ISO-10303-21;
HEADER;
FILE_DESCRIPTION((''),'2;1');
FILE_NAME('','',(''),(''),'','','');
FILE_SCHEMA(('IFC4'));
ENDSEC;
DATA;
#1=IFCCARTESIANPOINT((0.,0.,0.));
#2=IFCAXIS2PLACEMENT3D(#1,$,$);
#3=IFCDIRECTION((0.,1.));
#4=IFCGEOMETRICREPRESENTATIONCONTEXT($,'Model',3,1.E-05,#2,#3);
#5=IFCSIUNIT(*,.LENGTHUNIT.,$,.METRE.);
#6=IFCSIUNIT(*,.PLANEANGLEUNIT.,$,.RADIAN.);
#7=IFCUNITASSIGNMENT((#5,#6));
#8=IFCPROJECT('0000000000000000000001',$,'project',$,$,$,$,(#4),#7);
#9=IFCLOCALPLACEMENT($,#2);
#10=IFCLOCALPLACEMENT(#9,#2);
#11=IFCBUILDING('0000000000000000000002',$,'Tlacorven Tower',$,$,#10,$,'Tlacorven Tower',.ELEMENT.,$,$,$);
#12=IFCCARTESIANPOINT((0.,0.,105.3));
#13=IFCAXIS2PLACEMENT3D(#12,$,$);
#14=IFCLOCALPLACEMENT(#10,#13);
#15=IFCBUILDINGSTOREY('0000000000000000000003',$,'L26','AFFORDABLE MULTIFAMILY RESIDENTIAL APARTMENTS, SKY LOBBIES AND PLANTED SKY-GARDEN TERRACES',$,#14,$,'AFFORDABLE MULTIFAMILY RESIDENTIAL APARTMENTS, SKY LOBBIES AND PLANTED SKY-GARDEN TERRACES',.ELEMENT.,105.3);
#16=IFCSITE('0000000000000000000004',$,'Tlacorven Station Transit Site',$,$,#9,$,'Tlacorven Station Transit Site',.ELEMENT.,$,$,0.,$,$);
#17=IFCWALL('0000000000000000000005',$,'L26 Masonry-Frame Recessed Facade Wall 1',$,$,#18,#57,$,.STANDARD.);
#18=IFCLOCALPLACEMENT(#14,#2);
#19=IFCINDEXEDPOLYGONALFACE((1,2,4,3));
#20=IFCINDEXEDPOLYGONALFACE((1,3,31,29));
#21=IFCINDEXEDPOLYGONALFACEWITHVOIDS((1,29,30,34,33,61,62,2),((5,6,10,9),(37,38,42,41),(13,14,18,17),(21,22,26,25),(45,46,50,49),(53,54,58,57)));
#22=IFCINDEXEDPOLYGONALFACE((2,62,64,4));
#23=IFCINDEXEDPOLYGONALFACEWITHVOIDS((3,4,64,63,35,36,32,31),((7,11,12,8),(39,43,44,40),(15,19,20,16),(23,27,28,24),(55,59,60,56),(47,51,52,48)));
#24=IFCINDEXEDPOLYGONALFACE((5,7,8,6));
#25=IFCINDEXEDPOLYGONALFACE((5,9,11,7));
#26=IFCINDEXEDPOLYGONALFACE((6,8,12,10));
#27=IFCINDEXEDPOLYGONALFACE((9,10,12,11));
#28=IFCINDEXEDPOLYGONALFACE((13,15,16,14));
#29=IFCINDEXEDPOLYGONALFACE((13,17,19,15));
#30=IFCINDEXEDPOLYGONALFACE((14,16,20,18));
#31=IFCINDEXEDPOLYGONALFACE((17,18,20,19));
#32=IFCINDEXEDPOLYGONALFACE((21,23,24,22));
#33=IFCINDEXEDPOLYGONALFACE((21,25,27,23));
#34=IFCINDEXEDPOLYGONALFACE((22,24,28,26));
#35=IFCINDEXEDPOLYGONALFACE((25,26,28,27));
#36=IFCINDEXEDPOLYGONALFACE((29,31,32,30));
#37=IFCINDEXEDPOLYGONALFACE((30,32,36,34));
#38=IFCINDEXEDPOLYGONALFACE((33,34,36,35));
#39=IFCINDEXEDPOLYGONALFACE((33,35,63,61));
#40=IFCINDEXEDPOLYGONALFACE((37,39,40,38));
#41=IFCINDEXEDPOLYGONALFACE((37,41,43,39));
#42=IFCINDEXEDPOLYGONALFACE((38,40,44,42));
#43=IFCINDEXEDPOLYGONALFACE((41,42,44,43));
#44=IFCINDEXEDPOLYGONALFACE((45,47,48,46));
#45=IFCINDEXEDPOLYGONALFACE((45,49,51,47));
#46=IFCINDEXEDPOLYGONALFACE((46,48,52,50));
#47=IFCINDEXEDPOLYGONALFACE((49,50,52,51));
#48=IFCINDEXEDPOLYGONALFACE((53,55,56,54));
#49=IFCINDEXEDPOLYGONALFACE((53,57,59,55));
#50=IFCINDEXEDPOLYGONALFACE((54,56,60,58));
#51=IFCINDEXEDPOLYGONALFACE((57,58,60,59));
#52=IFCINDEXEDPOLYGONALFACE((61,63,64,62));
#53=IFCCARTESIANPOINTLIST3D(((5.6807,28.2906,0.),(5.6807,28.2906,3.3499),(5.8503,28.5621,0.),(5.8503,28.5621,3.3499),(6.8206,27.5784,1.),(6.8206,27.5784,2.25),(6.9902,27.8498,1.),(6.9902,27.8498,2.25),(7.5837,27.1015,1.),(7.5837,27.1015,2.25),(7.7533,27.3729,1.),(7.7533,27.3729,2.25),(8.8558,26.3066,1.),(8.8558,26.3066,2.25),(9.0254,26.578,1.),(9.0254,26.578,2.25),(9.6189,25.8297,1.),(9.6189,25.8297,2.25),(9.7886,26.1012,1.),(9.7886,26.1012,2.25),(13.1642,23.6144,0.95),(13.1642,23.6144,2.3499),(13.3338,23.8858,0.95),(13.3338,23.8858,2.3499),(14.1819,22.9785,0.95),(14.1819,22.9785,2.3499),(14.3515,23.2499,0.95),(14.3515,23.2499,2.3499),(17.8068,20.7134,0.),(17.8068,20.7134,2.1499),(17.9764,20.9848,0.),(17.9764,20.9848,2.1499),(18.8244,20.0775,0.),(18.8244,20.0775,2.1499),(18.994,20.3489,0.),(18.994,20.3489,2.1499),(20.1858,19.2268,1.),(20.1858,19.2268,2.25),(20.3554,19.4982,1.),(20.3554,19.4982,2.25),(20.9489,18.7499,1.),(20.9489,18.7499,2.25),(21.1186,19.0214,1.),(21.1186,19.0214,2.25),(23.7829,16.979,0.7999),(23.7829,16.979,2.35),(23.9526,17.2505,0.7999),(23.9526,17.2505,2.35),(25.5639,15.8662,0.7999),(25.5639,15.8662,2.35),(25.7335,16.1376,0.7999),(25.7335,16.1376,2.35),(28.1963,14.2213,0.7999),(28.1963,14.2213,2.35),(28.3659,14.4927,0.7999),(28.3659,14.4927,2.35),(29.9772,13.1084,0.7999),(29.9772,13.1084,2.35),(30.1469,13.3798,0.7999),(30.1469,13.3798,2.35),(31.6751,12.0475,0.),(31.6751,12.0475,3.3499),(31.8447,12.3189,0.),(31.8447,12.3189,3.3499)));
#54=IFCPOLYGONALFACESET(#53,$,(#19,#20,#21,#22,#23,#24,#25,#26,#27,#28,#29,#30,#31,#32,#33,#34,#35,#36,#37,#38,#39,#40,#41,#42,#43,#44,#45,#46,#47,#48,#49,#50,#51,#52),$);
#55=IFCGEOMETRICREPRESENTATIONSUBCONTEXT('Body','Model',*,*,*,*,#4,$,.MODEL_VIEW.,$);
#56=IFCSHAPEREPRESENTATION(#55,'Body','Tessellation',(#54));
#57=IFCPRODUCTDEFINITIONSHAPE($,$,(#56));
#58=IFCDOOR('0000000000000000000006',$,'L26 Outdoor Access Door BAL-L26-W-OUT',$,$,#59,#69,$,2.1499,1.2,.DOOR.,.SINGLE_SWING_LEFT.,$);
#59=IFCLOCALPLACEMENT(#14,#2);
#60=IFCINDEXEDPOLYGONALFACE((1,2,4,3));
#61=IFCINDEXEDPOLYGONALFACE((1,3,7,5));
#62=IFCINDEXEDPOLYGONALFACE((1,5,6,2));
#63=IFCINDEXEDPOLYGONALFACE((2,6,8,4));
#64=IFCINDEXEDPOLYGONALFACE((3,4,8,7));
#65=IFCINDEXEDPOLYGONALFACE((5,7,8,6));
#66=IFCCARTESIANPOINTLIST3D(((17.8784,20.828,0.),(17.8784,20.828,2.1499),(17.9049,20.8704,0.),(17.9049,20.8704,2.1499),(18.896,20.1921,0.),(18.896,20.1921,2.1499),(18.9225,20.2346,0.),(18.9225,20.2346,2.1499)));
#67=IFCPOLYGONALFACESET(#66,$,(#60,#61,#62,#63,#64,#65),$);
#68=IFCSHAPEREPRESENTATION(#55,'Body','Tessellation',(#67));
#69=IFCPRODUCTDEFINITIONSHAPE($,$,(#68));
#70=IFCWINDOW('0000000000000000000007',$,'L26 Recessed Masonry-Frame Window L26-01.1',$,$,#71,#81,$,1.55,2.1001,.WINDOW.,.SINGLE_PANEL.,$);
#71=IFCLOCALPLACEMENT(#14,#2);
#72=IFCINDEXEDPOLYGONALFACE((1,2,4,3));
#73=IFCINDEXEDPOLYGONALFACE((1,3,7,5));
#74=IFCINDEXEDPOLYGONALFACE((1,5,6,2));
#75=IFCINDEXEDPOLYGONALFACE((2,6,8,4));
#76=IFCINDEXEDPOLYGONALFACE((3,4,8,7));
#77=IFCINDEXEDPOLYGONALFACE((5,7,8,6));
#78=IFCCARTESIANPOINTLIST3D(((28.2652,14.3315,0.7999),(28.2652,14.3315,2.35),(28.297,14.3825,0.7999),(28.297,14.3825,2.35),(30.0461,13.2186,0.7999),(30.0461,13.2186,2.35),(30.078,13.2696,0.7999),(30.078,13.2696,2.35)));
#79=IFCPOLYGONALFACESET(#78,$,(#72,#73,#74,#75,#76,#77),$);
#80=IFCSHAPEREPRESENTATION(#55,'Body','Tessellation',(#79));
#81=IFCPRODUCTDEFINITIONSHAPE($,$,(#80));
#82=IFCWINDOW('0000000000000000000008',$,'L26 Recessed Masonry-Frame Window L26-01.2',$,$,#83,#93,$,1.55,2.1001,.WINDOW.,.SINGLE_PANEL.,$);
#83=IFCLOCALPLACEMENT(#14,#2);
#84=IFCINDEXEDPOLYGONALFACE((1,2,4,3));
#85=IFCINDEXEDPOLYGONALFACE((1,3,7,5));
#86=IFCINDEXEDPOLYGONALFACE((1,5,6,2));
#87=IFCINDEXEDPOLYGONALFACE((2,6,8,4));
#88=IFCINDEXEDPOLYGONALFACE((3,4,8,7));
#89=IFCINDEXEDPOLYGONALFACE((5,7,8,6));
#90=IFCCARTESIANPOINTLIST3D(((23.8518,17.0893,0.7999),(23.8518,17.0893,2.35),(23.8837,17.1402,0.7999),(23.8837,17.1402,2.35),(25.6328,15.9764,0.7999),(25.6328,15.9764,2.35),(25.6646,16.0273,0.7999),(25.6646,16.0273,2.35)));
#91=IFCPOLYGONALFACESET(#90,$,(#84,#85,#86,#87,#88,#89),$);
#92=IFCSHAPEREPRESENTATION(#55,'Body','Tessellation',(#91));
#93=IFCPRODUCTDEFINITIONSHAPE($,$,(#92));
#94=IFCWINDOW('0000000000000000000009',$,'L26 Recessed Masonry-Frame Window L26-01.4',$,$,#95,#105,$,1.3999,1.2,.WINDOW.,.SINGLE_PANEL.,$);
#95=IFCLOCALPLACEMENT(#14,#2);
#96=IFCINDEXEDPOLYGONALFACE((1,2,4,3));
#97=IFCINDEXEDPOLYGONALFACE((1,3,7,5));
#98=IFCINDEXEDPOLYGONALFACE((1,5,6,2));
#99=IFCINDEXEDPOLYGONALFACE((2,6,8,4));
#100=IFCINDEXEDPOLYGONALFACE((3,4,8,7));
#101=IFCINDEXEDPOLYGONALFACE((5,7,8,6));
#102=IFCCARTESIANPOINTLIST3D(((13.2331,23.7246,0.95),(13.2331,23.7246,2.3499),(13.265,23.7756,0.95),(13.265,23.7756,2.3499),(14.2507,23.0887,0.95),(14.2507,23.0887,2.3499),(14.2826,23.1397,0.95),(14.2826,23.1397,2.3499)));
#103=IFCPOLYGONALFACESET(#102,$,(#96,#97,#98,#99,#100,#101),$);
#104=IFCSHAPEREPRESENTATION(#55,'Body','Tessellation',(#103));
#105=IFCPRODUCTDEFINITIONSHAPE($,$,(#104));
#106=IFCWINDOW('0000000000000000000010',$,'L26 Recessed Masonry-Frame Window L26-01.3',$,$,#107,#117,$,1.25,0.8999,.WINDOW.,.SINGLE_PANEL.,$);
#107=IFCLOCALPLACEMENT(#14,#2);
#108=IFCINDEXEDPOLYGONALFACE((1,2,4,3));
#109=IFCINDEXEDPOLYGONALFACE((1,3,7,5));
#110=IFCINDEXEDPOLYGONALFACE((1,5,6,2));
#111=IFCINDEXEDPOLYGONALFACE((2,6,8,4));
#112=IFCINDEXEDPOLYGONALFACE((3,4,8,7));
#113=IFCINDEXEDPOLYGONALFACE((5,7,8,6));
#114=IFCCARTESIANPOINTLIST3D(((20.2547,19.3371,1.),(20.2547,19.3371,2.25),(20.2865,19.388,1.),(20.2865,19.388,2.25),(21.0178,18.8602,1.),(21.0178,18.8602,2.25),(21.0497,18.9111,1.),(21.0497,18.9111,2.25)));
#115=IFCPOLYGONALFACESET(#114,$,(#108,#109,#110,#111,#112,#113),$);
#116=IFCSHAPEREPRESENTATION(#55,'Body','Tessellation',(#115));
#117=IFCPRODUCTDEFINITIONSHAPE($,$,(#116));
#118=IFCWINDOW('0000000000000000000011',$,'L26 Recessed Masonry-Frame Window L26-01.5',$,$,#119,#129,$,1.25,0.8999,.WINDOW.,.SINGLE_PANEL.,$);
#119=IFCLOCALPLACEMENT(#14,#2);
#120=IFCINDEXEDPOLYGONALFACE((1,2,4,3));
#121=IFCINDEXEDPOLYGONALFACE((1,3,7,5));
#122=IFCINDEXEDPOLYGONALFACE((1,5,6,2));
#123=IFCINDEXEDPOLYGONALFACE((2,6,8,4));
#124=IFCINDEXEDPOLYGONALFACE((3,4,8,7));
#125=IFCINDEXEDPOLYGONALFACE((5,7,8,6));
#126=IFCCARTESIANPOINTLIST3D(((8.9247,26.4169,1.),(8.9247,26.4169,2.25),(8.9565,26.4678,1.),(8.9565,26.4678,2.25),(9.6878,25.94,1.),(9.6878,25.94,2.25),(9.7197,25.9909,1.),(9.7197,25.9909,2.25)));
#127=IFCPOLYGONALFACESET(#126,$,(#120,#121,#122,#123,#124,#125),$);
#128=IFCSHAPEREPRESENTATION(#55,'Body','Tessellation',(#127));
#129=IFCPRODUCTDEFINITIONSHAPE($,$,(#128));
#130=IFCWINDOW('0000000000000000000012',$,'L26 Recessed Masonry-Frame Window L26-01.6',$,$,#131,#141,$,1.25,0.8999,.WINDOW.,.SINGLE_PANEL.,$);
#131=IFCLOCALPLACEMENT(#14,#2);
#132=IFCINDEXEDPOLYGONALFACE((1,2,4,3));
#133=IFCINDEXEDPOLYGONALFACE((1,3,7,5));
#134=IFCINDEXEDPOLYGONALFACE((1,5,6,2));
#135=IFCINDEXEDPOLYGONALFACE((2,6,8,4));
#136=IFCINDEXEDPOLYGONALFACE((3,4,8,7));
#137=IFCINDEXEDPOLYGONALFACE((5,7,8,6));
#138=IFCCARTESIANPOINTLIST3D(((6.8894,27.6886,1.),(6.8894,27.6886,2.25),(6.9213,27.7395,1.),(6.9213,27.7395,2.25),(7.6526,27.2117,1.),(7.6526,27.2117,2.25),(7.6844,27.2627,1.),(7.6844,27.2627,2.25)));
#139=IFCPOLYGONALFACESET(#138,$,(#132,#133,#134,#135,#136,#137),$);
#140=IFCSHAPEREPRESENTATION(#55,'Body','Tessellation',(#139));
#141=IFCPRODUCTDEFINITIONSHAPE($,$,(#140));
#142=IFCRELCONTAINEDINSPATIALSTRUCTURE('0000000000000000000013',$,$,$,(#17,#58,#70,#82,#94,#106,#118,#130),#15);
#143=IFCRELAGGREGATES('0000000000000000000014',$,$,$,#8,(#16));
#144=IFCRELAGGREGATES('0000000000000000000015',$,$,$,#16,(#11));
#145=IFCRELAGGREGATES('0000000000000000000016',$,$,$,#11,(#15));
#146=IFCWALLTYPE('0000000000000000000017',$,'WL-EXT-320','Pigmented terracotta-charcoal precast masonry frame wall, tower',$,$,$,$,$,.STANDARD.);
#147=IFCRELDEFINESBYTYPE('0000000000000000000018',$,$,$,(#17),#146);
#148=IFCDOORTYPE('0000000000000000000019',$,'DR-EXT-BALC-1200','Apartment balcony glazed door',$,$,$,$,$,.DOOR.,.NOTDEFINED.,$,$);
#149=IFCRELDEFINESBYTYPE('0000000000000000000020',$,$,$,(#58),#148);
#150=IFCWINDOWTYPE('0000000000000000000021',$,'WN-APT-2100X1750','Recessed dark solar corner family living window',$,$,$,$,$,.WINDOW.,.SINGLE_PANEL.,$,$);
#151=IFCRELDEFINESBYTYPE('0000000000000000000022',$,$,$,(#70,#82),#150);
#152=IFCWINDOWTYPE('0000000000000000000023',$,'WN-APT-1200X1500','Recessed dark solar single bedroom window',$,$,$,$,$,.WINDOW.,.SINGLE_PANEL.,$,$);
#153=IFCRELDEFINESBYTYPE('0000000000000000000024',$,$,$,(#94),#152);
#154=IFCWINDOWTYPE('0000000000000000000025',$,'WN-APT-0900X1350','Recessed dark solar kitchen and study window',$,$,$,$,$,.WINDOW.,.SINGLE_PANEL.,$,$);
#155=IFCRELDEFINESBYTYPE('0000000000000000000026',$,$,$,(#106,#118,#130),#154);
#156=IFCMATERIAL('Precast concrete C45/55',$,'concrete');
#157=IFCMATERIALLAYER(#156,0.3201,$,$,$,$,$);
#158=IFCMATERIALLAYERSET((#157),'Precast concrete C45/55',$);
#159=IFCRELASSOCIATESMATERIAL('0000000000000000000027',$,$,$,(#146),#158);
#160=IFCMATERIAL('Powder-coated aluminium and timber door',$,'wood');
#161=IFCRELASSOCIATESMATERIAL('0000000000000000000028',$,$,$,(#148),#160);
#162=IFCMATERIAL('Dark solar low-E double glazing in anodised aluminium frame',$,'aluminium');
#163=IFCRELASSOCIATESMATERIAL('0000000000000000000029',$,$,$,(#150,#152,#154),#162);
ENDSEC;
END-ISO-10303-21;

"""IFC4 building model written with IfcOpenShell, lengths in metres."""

from ifc_helpers import new_model, si_unit, direction, frame, frame_2d, origin, place, context, subcontext, project, spatial, rectangle, extrude, source, transform, mapped, material, layer, layer_set, type_object, element, fill, save


model = new_model("IFC4")

# Units and contexts
model_context = context("Model", 3, precision=1e-05, world=origin(), true_north=direction((0.0, 1.0)))
body_context = subcontext(model_context, "Body", "Model", "MODEL_VIEW")
ifc_project = project(units=[si_unit("LENGTHUNIT", "METRE"), si_unit("PLANEANGLEUNIT", "RADIAN")], contexts=[model_context])

# Site, building, storey
site_placement = place(None, origin())
site = spatial("IfcSite", under=ifc_project, at=site_placement, Name="Tlacorven Station Transit Site", LongName="Tlacorven Station Transit Site", CompositionType="ELEMENT", RefElevation=0.0)
building_placement = place(site_placement, origin())
building = spatial("IfcBuilding", under=site, at=building_placement, Name="Tlacorven Tower", LongName="Tlacorven Tower", CompositionType="ELEMENT")
storey_placement = place(building_placement, frame((0.0, 0.0, 105.3)))
storey = spatial("IfcBuildingStorey", under=building, at=storey_placement, Name="L26", Description="AFFORDABLE MULTIFAMILY RESIDENTIAL APARTMENTS, SKY LOBBIES AND PLANTED SKY-GARDEN TERRACES", LongName="AFFORDABLE MULTIFAMILY RESIDENTIAL APARTMENTS, SKY LOBBIES AND PLANTED SKY-GARDEN TERRACES", CompositionType="ELEMENT", Elevation=105.3)

# Wall, openings, door, windows
ifc_material_1 = material(Name="Precast concrete C45/55", Category="concrete")
ifc_layer_1 = layer(ifc_material_1, 0.3201)
ifc_layer_set_1 = layer_set([ifc_layer_1], Name="Precast concrete C45/55")
wall_type_1 = type_object("IfcWallType", Name="WL-EXT-320", Description="Pigmented terracotta-charcoal precast masonry frame wall, tower", PredefinedType="STANDARD", material=ifc_layer_set_1)
wall_1_placement = place(storey_placement, frame((31.76, 12.1831, 0.0), z_axis=(0.0, 0.0, 1.0), x_axis=(-0.848047, 0.529921, 0.0)))
wall_1 = element("IfcWall", 1, at=wall_1_placement, inside=storey, type_object=wall_type_1, Name="L26 Masonry-Frame Recessed Facade Wall 1", PredefinedType="STANDARD", context=body_context, shape_type="SweptSolid", body=[
    extrude(rectangle(XDim=30.6521, YDim=0.3201, at=frame_2d((15.3262, 0.0))), origin(), (0.0, 0.0, 1.0), 3.3499),
])
opening_1_placement = place(wall_1_placement, frame((15.1533, 0.0, 0.0)))
opening_1 = element("IfcOpeningElement", 2, at=opening_1_placement, cuts=wall_1, PredefinedType="OPENING", context=body_context, shape_type="SweptSolid", body=[
    extrude(rectangle(XDim=1.2, YDim=2.1499, at=frame_2d((0.6001, 1.075))), frame((0.0, 0.1699, 0.0), z_axis=(0.0, -1.0, 0.0), x_axis=(1.0, 0.0, 0.0)), (0.0, 0.0, 1.0), 0.3401),
])
opening_2_placement = place(wall_1_placement, frame((2.0022, 0.0, 0.8)))
opening_2 = element("IfcOpeningElement", 3, at=opening_2_placement, cuts=wall_1, PredefinedType="OPENING", context=body_context, shape_type="SweptSolid", body=[
    extrude(rectangle(XDim=2.1001, YDim=1.55, at=frame_2d((1.05, 0.7749))), frame((0.0, 0.1699, 0.0), z_axis=(0.0, -1.0, 0.0), x_axis=(1.0, 0.0, 0.0)), (0.0, 0.0, 1.0), 0.3401),
])
opening_3_placement = place(wall_1_placement, frame((7.2063, 0.0, 0.8)))
opening_3 = element("IfcOpeningElement", 4, at=opening_3_placement, cuts=wall_1, PredefinedType="OPENING", context=body_context, shape_type="SweptSolid", body=[
    extrude(rectangle(XDim=2.1001, YDim=1.55, at=frame_2d((1.05, 0.7749))), frame((0.0, 0.1699, 0.0), z_axis=(0.0, -1.0, 0.0), x_axis=(1.0, 0.0, 0.0)), (0.0, 0.0, 1.0), 0.3401),
])
opening_4_placement = place(wall_1_placement, frame((12.6482, 0.0, 1.0)))
opening_4 = element("IfcOpeningElement", 5, at=opening_4_placement, cuts=wall_1, PredefinedType="OPENING", context=body_context, shape_type="SweptSolid", body=[
    extrude(rectangle(XDim=0.8999, YDim=1.25, at=frame_2d((0.45, 0.625))), frame((0.0, 0.1699, 0.0), z_axis=(0.0, -1.0, 0.0), x_axis=(1.0, 0.0, 0.0)), (0.0, 0.0, 1.0), 0.3401),
])
opening_5_placement = place(wall_1_placement, frame((20.6277, 0.0, 0.95)))
opening_5 = element("IfcOpeningElement", 6, at=opening_5_placement, cuts=wall_1, PredefinedType="OPENING", context=body_context, shape_type="SweptSolid", body=[
    extrude(rectangle(XDim=1.2, YDim=1.3999, at=frame_2d((0.6001, 0.7))), frame((0.0, 0.1699, 0.0), z_axis=(0.0, -1.0, 0.0), x_axis=(1.0, 0.0, 0.0)), (0.0, 0.0, 1.0), 0.3401),
])
opening_6_placement = place(wall_1_placement, frame((26.0083, 0.0, 1.0)))
opening_6 = element("IfcOpeningElement", 7, at=opening_6_placement, cuts=wall_1, PredefinedType="OPENING", context=body_context, shape_type="SweptSolid", body=[
    extrude(rectangle(XDim=0.8999, YDim=1.25, at=frame_2d((0.45, 0.625))), frame((0.0, 0.1699, 0.0), z_axis=(0.0, -1.0, 0.0), x_axis=(1.0, 0.0, 0.0)), (0.0, 0.0, 1.0), 0.3401),
])
opening_7_placement = place(wall_1_placement, frame((28.4082, 0.0, 1.0)))
opening_7 = element("IfcOpeningElement", 8, at=opening_7_placement, cuts=wall_1, PredefinedType="OPENING", context=body_context, shape_type="SweptSolid", body=[
    extrude(rectangle(XDim=0.8999, YDim=1.25, at=frame_2d((0.45, 0.625))), frame((0.0, 0.1699, 0.0), z_axis=(0.0, -1.0, 0.0), x_axis=(1.0, 0.0, 0.0)), (0.0, 0.0, 1.0), 0.3401),
])
ifc_material_2 = material(Name="Powder-coated aluminium and timber door", Category="wood")
door_type_1 = type_object("IfcDoorType", Name="DR-EXT-BALC-1200", Description="Apartment balcony glazed door", OperationType="NOTDEFINED", PredefinedType="DOOR", material=ifc_material_2)
shared_shape_1 = source(origin(), body_context, "Body", "SweptSolid", [
    extrude(rectangle(XDim=1.2, YDim=2.1499, at=frame_2d((0.6001, 1.075))), frame((0.0, 0.0249, 0.0), z_axis=(0.0, -1.0, 0.0), x_axis=(1.0, 0.0, 0.0)), (0.0, 0.0, 1.0), 0.05),
])
door_1_placement = place(opening_1_placement, origin())
door_1 = element("IfcDoor", 9, at=door_1_placement, inside=storey, type_object=door_type_1, Name="L26 Outdoor Access Door BAL-L26-W-OUT", OperationType="SINGLE_SWING_LEFT", OverallHeight=2.1499, OverallWidth=1.2, PredefinedType="DOOR", context=body_context, shape_type="MappedRepresentation", body=[
    mapped(shared_shape_1, transform((0.0, 0.0, 0.0), scale=1.0)),
])
fill(opening_1, door_1)
ifc_material_3 = material(Name="Dark solar low-E double glazing in anodised aluminium frame", Category="aluminium")
window_type_1 = type_object("IfcWindowType", Name="WN-APT-2100X1750", Description="Recessed dark solar corner family living window", PartitioningType="SINGLE_PANEL", PredefinedType="WINDOW", material=ifc_material_3)
shared_shape_2 = source(origin(), body_context, "Body", "SweptSolid", [
    extrude(rectangle(XDim=2.1001, YDim=1.55, at=frame_2d((1.05, 0.7749))), frame((0.0, 0.03, 0.0), z_axis=(0.0, -1.0, 0.0), x_axis=(1.0, 0.0, 0.0)), (0.0, 0.0, 1.0), 0.0601),
])
window_1_placement = place(opening_2_placement, origin())
window_1 = element("IfcWindow", 10, at=window_1_placement, inside=storey, type_object=window_type_1, Name="L26 Recessed Masonry-Frame Window L26-01.1", OverallHeight=1.55, OverallWidth=2.1001, PartitioningType="SINGLE_PANEL", PredefinedType="WINDOW", context=body_context, shape_type="MappedRepresentation", body=[
    mapped(shared_shape_2, transform((0.0, 0.0, 0.0), scale=1.0)),
])
fill(opening_2, window_1)
window_2_placement = place(opening_3_placement, origin())
window_2 = element("IfcWindow", 11, at=window_2_placement, inside=storey, type_object=window_type_1, Name="L26 Recessed Masonry-Frame Window L26-01.2", OverallHeight=1.55, OverallWidth=2.1001, PartitioningType="SINGLE_PANEL", PredefinedType="WINDOW", context=body_context, shape_type="MappedRepresentation", body=[
    mapped(shared_shape_2, transform((0.0, 0.0, 0.0), scale=1.0)),
])
fill(opening_3, window_2)
window_type_2 = type_object("IfcWindowType", Name="WN-APT-1200X1500", Description="Recessed dark solar single bedroom window", PartitioningType="SINGLE_PANEL", PredefinedType="WINDOW", material=ifc_material_3)
shared_shape_3 = source(origin(), body_context, "Body", "SweptSolid", [
    extrude(rectangle(XDim=1.2, YDim=1.3999, at=frame_2d((0.6001, 0.7))), frame((0.0, 0.03, 0.0), z_axis=(0.0, -1.0, 0.0), x_axis=(1.0, 0.0, 0.0)), (0.0, 0.0, 1.0), 0.0601),
])
window_3_placement = place(opening_5_placement, origin())
window_3 = element("IfcWindow", 12, at=window_3_placement, inside=storey, type_object=window_type_2, Name="L26 Recessed Masonry-Frame Window L26-01.4", OverallHeight=1.3999, OverallWidth=1.2, PartitioningType="SINGLE_PANEL", PredefinedType="WINDOW", context=body_context, shape_type="MappedRepresentation", body=[
    mapped(shared_shape_3, transform((0.0, 0.0, 0.0), scale=1.0)),
])
fill(opening_5, window_3)
window_type_3 = type_object("IfcWindowType", Name="WN-APT-0900X1350", Description="Recessed dark solar kitchen and study window", PartitioningType="SINGLE_PANEL", PredefinedType="WINDOW", material=ifc_material_3)
shared_shape_4 = source(origin(), body_context, "Body", "SweptSolid", [
    extrude(rectangle(XDim=0.8999, YDim=1.25, at=frame_2d((0.45, 0.625))), frame((0.0, 0.03, 0.0), z_axis=(0.0, -1.0, 0.0), x_axis=(1.0, 0.0, 0.0)), (0.0, 0.0, 1.0), 0.0601),
])
window_4_placement = place(opening_4_placement, origin())
window_4 = element("IfcWindow", 13, at=window_4_placement, inside=storey, type_object=window_type_3, Name="L26 Recessed Masonry-Frame Window L26-01.3", OverallHeight=1.25, OverallWidth=0.8999, PartitioningType="SINGLE_PANEL", PredefinedType="WINDOW", context=body_context, shape_type="MappedRepresentation", body=[
    mapped(shared_shape_4, transform((0.0, 0.0, 0.0), scale=1.0)),
])
fill(opening_4, window_4)
window_5_placement = place(opening_6_placement, origin())
window_5 = element("IfcWindow", 14, at=window_5_placement, inside=storey, type_object=window_type_3, Name="L26 Recessed Masonry-Frame Window L26-01.5", OverallHeight=1.25, OverallWidth=0.8999, PartitioningType="SINGLE_PANEL", PredefinedType="WINDOW", context=body_context, shape_type="MappedRepresentation", body=[
    mapped(shared_shape_4, transform((0.0, 0.0, 0.0), scale=1.0)),
])
fill(opening_6, window_5)
window_6_placement = place(opening_7_placement, origin())
window_6 = element("IfcWindow", 15, at=window_6_placement, inside=storey, type_object=window_type_3, Name="L26 Recessed Masonry-Frame Window L26-01.6", OverallHeight=1.25, OverallWidth=0.8999, PartitioningType="SINGLE_PANEL", PredefinedType="WINDOW", context=body_context, shape_type="MappedRepresentation", body=[
    mapped(shared_shape_4, transform((0.0, 0.0, 0.0), scale=1.0)),
])
fill(opening_7, window_6)

save(model, "model.ifc")
